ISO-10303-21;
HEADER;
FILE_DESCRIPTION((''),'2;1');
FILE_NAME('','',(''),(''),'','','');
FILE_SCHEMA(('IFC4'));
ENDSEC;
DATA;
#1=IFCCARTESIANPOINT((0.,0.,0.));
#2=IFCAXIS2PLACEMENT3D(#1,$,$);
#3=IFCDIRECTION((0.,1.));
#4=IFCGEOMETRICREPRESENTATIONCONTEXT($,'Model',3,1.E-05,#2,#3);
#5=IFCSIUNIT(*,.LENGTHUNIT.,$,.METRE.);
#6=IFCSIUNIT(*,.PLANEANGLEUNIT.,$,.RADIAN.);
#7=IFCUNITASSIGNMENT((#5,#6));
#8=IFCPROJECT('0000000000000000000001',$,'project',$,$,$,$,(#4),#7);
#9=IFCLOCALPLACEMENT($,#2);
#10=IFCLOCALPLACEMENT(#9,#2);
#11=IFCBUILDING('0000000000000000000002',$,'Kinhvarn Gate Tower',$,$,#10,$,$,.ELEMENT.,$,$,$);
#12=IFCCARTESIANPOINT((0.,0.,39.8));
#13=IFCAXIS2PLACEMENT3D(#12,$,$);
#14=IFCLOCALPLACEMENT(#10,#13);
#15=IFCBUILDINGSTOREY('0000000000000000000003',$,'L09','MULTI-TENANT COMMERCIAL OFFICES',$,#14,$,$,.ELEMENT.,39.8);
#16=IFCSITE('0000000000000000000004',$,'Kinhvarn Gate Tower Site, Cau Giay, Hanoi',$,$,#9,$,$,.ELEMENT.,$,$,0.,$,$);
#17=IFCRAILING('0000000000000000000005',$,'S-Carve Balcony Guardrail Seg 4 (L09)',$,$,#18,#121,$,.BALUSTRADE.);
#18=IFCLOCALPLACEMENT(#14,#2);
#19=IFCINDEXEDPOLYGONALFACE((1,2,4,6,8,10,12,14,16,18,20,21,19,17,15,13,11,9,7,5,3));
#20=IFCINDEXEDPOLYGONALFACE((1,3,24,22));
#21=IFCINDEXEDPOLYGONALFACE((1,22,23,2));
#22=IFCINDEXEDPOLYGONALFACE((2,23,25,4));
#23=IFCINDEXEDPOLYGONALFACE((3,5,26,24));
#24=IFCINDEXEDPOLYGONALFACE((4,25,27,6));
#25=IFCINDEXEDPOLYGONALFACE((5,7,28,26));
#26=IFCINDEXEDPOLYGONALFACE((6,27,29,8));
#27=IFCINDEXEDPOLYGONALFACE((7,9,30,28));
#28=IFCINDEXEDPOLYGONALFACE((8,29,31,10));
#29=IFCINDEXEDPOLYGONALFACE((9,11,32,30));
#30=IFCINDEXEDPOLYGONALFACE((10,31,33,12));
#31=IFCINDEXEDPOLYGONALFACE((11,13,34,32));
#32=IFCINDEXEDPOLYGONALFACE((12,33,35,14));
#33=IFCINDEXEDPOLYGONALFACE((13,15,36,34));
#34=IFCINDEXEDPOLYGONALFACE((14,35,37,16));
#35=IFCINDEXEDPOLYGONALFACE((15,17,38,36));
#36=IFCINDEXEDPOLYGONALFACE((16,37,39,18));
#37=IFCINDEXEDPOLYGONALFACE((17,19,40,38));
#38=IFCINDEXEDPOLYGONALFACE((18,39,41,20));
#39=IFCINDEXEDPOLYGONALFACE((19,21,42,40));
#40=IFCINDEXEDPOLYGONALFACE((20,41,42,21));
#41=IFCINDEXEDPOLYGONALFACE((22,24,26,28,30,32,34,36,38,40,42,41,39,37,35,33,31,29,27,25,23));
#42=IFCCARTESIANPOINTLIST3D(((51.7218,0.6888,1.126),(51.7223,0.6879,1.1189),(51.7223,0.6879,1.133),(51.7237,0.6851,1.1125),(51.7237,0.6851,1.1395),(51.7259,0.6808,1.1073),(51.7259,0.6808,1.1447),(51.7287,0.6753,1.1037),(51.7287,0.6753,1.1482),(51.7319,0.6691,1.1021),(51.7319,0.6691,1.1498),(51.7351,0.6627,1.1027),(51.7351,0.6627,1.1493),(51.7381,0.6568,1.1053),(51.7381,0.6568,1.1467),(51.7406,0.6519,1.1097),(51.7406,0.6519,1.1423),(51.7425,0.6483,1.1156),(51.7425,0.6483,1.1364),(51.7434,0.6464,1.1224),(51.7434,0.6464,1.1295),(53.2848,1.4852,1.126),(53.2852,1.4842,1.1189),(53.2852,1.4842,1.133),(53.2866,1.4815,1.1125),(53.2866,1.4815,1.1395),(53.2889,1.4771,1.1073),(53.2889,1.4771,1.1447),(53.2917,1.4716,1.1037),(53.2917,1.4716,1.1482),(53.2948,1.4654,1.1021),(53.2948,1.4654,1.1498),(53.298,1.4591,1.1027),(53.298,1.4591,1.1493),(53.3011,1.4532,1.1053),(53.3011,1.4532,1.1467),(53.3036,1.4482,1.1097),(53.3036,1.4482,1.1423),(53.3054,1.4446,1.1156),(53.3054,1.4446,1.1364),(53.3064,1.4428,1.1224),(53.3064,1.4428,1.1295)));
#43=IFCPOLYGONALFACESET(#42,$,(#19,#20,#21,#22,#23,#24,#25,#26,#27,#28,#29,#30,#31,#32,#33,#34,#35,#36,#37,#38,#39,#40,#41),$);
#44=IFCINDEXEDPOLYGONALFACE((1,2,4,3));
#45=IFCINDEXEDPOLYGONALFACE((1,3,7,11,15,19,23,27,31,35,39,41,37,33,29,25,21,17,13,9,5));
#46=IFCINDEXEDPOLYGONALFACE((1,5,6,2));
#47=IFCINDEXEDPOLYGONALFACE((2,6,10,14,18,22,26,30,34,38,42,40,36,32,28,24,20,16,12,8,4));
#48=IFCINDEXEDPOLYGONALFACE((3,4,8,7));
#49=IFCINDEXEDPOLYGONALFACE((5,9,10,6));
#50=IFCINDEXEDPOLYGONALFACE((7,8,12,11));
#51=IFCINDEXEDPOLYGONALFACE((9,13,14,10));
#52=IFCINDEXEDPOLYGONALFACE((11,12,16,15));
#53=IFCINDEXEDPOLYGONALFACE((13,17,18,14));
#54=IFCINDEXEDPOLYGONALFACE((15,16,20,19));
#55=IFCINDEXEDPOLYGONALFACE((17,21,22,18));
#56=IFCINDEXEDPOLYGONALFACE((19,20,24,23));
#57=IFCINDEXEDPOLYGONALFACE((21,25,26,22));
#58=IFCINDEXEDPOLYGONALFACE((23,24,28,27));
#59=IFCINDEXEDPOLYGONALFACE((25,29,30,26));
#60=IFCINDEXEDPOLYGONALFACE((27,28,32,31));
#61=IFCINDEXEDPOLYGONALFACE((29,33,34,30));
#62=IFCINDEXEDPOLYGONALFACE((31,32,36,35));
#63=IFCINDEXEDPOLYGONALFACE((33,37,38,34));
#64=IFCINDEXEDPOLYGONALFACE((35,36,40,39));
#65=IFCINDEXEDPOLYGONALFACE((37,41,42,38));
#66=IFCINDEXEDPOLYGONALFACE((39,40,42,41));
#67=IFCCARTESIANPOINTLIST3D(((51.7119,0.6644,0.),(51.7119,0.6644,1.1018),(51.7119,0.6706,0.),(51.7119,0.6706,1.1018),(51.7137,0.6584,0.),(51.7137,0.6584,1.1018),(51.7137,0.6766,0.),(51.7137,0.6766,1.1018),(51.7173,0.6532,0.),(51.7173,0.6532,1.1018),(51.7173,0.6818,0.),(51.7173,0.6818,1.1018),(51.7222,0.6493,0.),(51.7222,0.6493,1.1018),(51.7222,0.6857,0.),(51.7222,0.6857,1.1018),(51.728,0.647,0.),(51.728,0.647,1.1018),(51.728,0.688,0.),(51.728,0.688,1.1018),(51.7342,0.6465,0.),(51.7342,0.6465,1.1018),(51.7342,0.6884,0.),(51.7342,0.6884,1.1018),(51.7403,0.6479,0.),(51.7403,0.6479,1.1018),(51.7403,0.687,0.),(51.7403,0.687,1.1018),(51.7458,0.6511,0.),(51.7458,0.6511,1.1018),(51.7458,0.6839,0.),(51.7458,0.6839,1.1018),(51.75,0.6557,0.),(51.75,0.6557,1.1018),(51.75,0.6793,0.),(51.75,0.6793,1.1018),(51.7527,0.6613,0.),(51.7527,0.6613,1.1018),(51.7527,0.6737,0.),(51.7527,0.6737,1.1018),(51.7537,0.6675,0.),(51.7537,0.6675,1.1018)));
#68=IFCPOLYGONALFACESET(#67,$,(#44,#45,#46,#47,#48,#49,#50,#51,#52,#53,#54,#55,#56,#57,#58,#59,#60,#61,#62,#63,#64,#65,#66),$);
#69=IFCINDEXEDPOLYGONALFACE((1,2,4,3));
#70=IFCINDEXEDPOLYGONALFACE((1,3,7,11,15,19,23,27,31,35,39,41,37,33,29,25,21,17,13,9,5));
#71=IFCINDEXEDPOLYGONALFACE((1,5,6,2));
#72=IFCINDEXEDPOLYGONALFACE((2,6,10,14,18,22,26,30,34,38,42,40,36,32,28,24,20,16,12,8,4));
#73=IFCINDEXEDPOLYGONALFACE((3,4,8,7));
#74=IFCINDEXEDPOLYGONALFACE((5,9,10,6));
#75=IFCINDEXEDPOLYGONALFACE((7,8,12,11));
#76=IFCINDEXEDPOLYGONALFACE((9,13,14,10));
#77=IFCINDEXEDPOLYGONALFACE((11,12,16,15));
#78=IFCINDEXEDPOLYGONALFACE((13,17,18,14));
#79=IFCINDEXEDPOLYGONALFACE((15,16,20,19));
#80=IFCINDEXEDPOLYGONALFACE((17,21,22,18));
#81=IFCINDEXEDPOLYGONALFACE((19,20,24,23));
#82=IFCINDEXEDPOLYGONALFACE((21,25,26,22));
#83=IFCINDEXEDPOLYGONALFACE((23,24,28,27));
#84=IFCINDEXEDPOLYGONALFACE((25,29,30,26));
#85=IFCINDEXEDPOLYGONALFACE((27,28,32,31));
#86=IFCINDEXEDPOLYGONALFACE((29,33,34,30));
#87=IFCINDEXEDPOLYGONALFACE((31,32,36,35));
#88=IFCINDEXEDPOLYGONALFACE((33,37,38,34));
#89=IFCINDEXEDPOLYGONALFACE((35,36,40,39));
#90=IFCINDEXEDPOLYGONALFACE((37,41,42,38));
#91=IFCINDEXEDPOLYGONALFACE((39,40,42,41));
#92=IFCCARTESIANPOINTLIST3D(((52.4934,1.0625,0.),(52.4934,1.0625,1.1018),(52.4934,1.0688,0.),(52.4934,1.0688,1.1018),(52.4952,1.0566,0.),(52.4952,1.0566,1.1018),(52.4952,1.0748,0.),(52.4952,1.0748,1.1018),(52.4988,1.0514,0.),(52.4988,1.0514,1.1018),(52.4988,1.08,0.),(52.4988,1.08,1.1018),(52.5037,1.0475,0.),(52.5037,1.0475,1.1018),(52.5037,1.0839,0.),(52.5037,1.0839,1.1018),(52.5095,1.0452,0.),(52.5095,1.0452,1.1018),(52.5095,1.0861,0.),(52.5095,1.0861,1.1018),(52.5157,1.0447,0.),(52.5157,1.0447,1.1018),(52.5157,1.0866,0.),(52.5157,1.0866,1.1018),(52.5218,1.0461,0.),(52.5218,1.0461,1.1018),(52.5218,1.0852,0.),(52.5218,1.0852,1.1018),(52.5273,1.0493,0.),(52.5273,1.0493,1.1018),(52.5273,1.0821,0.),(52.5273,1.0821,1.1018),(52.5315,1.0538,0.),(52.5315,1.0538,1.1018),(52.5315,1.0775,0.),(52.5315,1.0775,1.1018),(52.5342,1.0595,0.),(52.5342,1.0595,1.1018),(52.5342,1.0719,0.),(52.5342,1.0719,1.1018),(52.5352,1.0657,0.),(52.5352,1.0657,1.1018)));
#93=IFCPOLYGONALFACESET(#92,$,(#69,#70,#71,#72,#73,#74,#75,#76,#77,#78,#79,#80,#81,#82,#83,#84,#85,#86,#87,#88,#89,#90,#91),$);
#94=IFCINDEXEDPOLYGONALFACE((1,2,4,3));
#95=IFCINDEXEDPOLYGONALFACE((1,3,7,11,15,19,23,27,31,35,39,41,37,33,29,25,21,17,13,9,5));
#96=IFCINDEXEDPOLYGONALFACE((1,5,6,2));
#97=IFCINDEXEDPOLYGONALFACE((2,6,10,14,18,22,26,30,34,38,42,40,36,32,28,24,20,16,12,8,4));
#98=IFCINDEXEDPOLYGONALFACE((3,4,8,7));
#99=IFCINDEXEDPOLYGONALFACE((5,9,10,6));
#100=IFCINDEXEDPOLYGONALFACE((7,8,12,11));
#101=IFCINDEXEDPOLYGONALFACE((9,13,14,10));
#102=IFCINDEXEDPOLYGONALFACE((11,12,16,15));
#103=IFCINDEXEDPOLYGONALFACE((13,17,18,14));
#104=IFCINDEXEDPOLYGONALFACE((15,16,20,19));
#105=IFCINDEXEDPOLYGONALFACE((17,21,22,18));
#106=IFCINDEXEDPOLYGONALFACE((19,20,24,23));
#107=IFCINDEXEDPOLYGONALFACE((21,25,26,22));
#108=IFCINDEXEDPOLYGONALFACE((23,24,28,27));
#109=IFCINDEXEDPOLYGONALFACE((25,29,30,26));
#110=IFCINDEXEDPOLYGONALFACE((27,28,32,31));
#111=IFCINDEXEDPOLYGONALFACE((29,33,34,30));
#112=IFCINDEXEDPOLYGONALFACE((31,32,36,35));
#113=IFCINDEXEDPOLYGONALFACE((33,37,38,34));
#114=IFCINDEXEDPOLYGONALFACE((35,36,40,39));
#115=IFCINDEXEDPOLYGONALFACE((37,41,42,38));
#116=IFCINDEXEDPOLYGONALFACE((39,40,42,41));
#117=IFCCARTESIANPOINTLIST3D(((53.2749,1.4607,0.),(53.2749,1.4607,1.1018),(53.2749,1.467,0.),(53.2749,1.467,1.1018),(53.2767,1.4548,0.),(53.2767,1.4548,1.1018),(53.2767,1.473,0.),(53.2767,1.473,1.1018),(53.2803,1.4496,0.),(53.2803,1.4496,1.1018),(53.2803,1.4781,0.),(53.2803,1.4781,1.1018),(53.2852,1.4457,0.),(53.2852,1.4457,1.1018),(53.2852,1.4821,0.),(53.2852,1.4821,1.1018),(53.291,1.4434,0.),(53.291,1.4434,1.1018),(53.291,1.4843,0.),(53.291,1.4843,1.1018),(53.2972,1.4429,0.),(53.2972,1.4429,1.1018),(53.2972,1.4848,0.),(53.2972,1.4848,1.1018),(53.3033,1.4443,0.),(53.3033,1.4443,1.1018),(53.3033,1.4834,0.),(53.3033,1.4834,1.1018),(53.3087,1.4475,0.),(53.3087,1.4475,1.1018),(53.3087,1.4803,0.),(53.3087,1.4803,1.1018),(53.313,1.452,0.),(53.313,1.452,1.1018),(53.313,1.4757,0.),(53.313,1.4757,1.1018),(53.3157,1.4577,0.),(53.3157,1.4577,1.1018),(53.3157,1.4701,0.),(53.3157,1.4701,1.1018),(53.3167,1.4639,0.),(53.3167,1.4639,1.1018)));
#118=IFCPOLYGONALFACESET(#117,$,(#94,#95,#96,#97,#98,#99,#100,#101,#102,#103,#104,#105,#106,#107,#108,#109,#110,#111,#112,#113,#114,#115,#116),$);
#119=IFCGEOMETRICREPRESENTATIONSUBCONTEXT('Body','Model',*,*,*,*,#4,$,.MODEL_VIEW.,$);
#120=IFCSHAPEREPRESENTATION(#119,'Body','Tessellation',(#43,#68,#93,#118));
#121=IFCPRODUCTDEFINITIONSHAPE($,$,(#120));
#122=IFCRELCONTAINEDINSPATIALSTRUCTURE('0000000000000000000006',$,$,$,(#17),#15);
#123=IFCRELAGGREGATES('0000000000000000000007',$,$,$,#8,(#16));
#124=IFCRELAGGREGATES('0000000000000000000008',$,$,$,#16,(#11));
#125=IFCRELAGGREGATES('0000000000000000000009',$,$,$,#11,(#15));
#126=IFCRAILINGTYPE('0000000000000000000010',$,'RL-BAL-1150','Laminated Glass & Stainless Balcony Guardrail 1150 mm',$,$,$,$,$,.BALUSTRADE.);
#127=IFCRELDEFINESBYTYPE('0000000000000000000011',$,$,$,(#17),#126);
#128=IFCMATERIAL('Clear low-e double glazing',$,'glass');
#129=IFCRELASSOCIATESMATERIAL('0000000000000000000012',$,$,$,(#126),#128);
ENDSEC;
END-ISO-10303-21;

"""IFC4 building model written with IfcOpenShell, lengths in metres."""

from ifc_helpers import new_model, si_unit, direction, frame, origin, origin_2d, place, context, subcontext, project, spatial, circle, extrude, material, type_object, element, save


model = new_model("IFC4")

# Units and contexts
model_context = context("Model", 3, precision=1e-05, world=origin(), true_north=direction((0.0, 1.0)))
body_context = subcontext(model_context, "Body", "Model", "MODEL_VIEW")
ifc_project = project(units=[si_unit("LENGTHUNIT", "METRE"), si_unit("PLANEANGLEUNIT", "RADIAN")], contexts=[model_context])

# Site, building, storey
site_placement = place(None, origin())
site = spatial("IfcSite", under=ifc_project, at=site_placement, Name="Kinhvarn Gate Tower Site, Cau Giay, Hanoi", CompositionType="ELEMENT", RefElevation=0.0)
building_placement = place(site_placement, origin())
building = spatial("IfcBuilding", under=site, at=building_placement, Name="Kinhvarn Gate Tower", CompositionType="ELEMENT")
storey_placement = place(building_placement, frame((0.0, 0.0, 39.8)))
storey = spatial("IfcBuildingStorey", under=building, at=storey_placement, Name="L09", Description="MULTI-TENANT COMMERCIAL OFFICES", CompositionType="ELEMENT", Elevation=39.8)

# Shared definitions
ifc_material_1 = material(Name="Clear low-e double glazing", Category="glass")

# Railing
railing_type = type_object("IfcRailingType", Name="RL-BAL-1150", Description="Laminated Glass & Stainless Balcony Guardrail 1150 mm", PredefinedType="BALUSTRADE", material=ifc_material_1)
railing_1_placement = place(storey_placement, frame((51.7327, 0.6675, 0.0)))
element("IfcRailing", 1, at=railing_1_placement, inside=storey, type_object=railing_type, Name="S-Carve Balcony Guardrail Seg 4 (L09)", PredefinedType="BALUSTRADE", context=body_context, shape_type="SweptSolid", body=[
    extrude(circle(Radius=0.0239, at=origin_2d()), frame((0.0, 0.0, 1.126), z_axis=(0.891006, 0.453992, 0.0), x_axis=(-0.453992, 0.891006, 0.0)), (0.0, 0.0, 1.0), 1.7542),
    extrude(circle(Radius=0.021, at=origin_2d()), origin(), (0.0, 0.0, 1.0), 1.1018),
    extrude(circle(Radius=0.021, at=origin_2d()), frame((0.7815, 0.3982, 0.0)), (0.0, 0.0, 1.0), 1.1018),
    extrude(circle(Radius=0.021, at=origin_2d()), frame((1.563, 0.7964, 0.0)), (0.0, 0.0, 1.0), 1.1018),
])

save(model, "model.ifc")
